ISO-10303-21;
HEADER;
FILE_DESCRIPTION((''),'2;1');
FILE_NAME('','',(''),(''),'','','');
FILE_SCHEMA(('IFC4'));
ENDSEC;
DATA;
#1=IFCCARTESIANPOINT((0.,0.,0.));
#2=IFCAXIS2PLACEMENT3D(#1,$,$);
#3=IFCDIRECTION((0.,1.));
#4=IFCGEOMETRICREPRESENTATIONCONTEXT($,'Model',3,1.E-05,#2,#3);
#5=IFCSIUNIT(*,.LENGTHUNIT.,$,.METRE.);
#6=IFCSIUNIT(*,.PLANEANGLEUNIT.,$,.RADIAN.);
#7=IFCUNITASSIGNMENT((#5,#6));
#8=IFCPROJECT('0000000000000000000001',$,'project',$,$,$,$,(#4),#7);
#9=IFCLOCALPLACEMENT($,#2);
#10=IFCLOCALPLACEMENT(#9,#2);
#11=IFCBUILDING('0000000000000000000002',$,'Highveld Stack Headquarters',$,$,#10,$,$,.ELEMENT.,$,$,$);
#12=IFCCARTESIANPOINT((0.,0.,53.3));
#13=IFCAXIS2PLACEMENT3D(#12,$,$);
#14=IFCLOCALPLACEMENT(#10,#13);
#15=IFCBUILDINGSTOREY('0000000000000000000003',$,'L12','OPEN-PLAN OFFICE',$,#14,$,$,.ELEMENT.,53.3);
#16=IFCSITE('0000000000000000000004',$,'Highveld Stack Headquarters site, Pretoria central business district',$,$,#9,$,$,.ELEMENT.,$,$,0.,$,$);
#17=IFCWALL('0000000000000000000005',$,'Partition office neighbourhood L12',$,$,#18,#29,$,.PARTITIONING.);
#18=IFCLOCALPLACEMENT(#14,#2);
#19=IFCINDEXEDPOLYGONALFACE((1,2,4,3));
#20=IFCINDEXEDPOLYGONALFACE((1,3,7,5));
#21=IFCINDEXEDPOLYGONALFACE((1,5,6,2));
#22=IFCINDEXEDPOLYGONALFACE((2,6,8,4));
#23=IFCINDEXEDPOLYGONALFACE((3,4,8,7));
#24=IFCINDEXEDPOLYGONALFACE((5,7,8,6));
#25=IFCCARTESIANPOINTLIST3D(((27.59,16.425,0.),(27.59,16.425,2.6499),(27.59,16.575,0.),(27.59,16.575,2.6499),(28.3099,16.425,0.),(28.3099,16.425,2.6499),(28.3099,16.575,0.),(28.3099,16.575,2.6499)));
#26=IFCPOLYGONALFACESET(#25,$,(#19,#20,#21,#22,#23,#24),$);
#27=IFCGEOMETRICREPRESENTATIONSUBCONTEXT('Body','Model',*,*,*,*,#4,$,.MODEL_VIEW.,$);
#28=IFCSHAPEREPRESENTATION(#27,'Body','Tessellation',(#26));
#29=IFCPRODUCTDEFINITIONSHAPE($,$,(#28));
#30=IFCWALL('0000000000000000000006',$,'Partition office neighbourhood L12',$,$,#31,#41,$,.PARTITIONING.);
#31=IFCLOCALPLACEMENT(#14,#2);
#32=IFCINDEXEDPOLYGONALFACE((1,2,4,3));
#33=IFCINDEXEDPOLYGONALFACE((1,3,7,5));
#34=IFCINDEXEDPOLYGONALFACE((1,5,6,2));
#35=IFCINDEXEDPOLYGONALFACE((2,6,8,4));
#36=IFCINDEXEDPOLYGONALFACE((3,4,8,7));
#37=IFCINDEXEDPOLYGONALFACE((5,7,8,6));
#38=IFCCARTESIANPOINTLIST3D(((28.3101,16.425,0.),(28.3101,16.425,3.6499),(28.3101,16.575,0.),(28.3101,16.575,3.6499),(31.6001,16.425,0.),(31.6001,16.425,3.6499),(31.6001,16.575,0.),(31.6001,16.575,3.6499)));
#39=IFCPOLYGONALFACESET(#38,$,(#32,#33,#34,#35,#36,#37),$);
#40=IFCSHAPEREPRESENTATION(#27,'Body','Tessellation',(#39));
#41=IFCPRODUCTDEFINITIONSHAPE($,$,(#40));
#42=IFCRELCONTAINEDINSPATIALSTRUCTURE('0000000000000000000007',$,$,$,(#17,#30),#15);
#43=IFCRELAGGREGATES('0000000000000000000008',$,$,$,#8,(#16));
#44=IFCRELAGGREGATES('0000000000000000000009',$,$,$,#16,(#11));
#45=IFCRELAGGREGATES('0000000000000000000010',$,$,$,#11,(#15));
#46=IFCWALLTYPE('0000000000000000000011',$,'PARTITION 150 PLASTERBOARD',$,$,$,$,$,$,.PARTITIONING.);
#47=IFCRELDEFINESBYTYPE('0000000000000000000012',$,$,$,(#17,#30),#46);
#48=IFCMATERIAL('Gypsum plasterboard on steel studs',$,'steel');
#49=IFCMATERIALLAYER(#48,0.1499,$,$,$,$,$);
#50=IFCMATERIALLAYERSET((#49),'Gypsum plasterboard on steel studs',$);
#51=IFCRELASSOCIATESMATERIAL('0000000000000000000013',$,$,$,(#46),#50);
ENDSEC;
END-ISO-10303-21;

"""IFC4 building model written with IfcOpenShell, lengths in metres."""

from ifc_helpers import new_model, si_unit, direction, frame, frame_2d, origin, place, context, subcontext, project, spatial, rectangle, extrude, material, layer, layer_set, type_object, element, save


model = new_model("IFC4")

# Units and contexts
model_context = context("Model", 3, precision=1e-05, world=origin(), true_north=direction((0.0, 1.0)))
body_context = subcontext(model_context, "Body", "Model", "MODEL_VIEW")
ifc_project = project(units=[si_unit("LENGTHUNIT", "METRE"), si_unit("PLANEANGLEUNIT", "RADIAN")], contexts=[model_context])

# Site, building, storey
site_placement = place(None, origin())
site = spatial("IfcSite", under=ifc_project, at=site_placement, Name="Highveld Stack Headquarters site, Pretoria central business district", CompositionType="ELEMENT", RefElevation=0.0)
building_placement = place(site_placement, origin())
building = spatial("IfcBuilding", under=site, at=building_placement, Name="Highveld Stack Headquarters", CompositionType="ELEMENT")
storey_placement = place(building_placement, frame((0.0, 0.0, 53.3)))
storey = spatial("IfcBuildingStorey", under=building, at=storey_placement, Name="L12", Description="OPEN-PLAN OFFICE", CompositionType="ELEMENT", Elevation=53.3)

# Walls
ifc_material_1 = material(Name="Gypsum plasterboard on steel studs", Category="steel")
ifc_layer_1 = layer(ifc_material_1, 0.1499)
ifc_layer_set_1 = layer_set([ifc_layer_1], Name="Gypsum plasterboard on steel studs")
wall_type = type_object("IfcWallType", Name="PARTITION 150 PLASTERBOARD", PredefinedType="PARTITIONING", material=ifc_layer_set_1)
wall_1_placement = place(storey_placement, frame((27.5901, 16.5, 0.0), z_axis=(0.0, 0.0, 1.0), x_axis=(1.0, 0.0, 0.0)))
element("IfcWall", 1, at=wall_1_placement, inside=storey, type_object=wall_type, Name="Partition office neighbourhood L12", PredefinedType="PARTITIONING", context=body_context, shape_type="SweptSolid", body=[
    extrude(rectangle(XDim=0.72, YDim=0.1499, at=frame_2d((0.3599, 0.0))), origin(), (0.0, 0.0, 1.0), 2.6499),
])
wall_2_placement = place(storey_placement, frame((28.3101, 16.5, 0.0), z_axis=(0.0, 0.0, 1.0), x_axis=(1.0, 0.0, 0.0)))
element("IfcWall", 2, at=wall_2_placement, inside=storey, type_object=wall_type, Name="Partition office neighbourhood L12", PredefinedType="PARTITIONING", context=body_context, shape_type="SweptSolid", body=[
    extrude(rectangle(XDim=3.29, YDim=0.1499, at=frame_2d((1.645, 0.0))), origin(), (0.0, 0.0, 1.0), 3.6499),
])

save(model, "model.ifc")
